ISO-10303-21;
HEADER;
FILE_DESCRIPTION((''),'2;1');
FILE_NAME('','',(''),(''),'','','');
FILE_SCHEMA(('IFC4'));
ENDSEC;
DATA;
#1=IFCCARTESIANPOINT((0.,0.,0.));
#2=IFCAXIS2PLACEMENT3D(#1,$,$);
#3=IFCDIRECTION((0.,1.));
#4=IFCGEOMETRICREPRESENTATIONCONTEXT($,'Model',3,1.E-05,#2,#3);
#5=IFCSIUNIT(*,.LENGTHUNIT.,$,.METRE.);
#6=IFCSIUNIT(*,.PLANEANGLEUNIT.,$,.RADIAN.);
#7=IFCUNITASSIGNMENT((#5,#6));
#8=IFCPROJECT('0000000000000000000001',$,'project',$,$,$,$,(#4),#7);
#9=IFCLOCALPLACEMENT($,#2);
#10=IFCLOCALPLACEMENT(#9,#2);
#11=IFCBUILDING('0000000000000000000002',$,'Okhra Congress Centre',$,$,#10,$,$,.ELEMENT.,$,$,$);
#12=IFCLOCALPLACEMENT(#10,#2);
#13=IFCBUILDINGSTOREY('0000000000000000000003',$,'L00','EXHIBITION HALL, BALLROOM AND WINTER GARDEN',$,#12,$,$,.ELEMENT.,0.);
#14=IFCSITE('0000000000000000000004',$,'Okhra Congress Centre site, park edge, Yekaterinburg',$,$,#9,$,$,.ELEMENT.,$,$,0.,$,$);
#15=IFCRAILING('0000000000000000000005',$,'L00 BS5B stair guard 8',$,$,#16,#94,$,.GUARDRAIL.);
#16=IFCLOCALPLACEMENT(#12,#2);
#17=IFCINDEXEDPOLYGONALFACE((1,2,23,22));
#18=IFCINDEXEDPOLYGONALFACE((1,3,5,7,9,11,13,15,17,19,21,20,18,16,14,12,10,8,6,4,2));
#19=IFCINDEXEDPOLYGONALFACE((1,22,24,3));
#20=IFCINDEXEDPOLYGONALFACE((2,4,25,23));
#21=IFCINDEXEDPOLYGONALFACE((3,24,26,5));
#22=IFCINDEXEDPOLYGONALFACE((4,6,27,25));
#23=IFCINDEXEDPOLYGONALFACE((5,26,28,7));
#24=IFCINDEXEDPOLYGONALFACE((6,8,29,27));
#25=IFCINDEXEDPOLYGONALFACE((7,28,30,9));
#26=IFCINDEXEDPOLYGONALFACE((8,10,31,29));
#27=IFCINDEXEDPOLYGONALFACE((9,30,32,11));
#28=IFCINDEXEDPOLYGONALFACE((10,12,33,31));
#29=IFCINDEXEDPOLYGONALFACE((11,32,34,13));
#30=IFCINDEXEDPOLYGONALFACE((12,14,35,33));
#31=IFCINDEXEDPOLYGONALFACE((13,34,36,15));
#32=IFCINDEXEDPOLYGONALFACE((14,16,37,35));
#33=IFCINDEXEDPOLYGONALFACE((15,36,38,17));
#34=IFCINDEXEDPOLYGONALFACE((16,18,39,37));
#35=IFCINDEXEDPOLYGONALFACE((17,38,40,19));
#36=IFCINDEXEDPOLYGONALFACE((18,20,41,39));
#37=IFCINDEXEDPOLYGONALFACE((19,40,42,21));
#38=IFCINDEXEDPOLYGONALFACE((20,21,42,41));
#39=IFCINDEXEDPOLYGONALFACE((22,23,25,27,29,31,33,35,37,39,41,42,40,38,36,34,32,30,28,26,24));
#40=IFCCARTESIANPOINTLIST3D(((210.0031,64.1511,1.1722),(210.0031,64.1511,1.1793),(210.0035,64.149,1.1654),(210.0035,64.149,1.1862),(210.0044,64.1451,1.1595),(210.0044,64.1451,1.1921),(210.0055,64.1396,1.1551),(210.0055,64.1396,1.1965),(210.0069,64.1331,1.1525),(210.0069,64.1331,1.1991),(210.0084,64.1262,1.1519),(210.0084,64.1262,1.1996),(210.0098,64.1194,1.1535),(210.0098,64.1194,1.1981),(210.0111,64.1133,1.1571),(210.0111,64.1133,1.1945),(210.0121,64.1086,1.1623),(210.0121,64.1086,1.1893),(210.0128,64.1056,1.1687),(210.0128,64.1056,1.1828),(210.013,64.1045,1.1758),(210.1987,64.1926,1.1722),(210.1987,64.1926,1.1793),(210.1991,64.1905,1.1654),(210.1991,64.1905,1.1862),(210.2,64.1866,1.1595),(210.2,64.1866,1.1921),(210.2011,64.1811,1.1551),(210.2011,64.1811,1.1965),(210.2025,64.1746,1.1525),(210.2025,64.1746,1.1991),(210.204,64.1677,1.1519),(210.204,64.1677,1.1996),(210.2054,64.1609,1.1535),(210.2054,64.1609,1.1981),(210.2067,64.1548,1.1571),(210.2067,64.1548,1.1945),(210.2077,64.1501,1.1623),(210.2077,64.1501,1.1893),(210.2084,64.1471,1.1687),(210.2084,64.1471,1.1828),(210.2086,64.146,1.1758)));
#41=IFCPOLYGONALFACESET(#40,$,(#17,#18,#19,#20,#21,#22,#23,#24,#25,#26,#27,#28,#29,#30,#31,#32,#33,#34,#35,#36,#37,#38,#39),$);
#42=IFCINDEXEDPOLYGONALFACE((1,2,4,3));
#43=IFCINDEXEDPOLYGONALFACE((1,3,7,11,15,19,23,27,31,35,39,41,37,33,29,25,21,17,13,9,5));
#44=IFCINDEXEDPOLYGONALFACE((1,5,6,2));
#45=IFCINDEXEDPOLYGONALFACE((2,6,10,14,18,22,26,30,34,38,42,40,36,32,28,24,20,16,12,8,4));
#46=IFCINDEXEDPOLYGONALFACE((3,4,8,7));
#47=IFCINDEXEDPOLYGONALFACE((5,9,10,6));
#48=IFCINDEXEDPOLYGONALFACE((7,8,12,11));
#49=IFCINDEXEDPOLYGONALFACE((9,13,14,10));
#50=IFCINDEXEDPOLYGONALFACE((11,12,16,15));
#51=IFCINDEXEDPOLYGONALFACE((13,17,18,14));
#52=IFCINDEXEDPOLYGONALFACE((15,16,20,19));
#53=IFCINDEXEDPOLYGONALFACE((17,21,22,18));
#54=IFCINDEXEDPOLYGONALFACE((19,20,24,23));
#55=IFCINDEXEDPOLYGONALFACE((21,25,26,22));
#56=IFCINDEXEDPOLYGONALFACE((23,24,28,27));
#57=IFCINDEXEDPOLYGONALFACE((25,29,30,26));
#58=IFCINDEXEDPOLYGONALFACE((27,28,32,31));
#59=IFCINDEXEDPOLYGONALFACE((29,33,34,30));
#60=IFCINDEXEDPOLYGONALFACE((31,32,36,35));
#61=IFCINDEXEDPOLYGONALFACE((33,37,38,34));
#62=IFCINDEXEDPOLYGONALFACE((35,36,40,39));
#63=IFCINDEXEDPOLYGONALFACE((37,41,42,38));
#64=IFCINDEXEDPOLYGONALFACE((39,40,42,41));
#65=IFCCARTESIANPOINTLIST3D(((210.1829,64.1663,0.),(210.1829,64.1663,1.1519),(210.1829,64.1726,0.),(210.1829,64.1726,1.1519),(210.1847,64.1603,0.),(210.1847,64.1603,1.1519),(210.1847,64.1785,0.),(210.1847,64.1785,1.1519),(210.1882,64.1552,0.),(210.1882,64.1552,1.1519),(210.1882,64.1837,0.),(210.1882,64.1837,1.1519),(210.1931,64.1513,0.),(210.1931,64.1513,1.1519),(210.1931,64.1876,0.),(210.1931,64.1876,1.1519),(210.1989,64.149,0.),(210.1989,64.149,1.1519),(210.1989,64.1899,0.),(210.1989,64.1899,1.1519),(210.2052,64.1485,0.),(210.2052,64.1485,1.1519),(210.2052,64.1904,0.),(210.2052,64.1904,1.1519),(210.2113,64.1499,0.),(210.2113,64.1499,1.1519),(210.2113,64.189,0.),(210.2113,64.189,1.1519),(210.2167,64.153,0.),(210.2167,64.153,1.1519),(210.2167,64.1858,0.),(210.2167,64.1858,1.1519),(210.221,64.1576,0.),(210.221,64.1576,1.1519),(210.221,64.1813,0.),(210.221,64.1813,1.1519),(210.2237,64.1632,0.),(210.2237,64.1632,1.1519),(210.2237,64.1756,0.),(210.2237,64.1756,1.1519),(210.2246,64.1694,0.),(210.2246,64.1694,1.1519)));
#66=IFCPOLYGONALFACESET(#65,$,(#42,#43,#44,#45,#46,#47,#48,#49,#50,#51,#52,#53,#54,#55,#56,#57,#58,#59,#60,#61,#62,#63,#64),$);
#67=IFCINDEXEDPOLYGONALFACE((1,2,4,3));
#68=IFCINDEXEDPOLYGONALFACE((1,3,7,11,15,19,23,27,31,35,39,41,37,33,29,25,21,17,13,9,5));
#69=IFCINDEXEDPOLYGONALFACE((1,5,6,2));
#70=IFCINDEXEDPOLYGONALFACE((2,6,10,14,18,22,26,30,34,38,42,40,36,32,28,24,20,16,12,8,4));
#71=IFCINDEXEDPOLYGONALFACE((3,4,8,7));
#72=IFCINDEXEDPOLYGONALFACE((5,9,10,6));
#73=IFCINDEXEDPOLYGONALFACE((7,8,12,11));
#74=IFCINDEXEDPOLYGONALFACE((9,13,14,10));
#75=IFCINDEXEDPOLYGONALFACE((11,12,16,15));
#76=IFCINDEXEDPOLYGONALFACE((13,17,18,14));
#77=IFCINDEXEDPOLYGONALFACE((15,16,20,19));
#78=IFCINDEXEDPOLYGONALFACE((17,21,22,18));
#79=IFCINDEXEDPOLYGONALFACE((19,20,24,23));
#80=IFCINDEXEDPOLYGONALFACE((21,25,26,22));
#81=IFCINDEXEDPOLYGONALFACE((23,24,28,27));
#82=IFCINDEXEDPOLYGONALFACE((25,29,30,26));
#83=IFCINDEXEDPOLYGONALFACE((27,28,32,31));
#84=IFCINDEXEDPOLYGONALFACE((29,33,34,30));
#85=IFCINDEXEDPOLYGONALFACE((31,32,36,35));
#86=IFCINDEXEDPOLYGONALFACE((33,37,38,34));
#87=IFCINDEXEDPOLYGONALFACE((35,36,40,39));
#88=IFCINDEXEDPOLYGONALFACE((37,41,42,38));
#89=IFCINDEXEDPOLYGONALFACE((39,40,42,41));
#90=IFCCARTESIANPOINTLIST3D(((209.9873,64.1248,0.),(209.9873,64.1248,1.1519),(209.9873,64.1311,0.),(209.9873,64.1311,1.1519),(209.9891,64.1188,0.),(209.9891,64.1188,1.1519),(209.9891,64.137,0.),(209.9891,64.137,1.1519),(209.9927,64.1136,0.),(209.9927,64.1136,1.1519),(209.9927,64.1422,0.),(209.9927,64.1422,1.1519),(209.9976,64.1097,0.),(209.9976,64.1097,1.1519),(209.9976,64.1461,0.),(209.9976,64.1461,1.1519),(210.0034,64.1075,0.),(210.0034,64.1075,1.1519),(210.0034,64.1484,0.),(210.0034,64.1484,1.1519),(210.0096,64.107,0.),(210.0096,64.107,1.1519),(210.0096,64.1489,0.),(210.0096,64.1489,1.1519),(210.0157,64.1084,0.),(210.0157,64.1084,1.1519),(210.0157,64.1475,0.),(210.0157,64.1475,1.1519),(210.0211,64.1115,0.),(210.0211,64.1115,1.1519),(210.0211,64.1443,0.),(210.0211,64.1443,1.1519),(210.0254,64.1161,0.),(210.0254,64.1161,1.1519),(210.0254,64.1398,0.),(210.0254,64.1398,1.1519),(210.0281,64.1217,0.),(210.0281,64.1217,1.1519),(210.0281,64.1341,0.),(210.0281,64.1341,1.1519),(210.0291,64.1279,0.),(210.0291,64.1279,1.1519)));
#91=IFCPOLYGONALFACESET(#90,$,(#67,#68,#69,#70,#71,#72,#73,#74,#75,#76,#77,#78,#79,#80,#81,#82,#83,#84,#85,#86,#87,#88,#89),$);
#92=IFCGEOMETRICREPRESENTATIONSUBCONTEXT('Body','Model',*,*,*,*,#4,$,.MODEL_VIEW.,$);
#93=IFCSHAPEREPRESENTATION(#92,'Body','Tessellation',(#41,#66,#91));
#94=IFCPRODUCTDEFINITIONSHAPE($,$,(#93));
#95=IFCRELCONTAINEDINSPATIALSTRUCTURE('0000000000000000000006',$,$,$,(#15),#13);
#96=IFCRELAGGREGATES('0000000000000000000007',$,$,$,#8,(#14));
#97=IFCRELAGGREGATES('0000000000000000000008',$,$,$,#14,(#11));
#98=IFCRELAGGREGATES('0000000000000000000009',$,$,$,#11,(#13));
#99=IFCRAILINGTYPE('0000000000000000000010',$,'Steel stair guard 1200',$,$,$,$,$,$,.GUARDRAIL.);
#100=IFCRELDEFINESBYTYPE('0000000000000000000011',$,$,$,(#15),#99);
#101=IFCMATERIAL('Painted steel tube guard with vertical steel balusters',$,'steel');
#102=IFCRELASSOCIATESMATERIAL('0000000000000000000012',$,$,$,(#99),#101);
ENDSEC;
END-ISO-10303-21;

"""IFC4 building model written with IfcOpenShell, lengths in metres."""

from ifc_helpers import new_model, si_unit, direction, frame, origin, origin_2d, place, context, subcontext, project, spatial, circle, extrude, material, type_object, element, save


model = new_model("IFC4")

# Units and contexts
model_context = context("Model", 3, precision=1e-05, world=origin(), true_north=direction((0.0, 1.0)))
body_context = subcontext(model_context, "Body", "Model", "MODEL_VIEW")
ifc_project = project(units=[si_unit("LENGTHUNIT", "METRE"), si_unit("PLANEANGLEUNIT", "RADIAN")], contexts=[model_context])

# Site, building, storey
site_placement = place(None, origin())
site = spatial("IfcSite", under=ifc_project, at=site_placement, Name="Okhra Congress Centre site, park edge, Yekaterinburg", CompositionType="ELEMENT", RefElevation=0.0)
building_placement = place(site_placement, origin())
building = spatial("IfcBuilding", under=site, at=building_placement, Name="Okhra Congress Centre", CompositionType="ELEMENT")
storey_placement = place(building_placement, origin())
storey = spatial("IfcBuildingStorey", under=building, at=storey_placement, Name="L00", Description="EXHIBITION HALL, BALLROOM AND WINTER GARDEN", CompositionType="ELEMENT", Elevation=0.0)

# Railing
ifc_material_1 = material(Name="Painted steel tube guard with vertical steel balusters", Category="steel")
railing_type_1 = type_object("IfcRailingType", Name="Steel stair guard 1200", PredefinedType="GUARDRAIL", material=ifc_material_1)
railing_1_placement = place(storey_placement, frame((210.2036, 64.1694, 0.0)))
element("IfcRailing", 1, at=railing_1_placement, inside=storey, type_object=railing_type_1, Name="L00 BS5B stair guard 8", PredefinedType="GUARDRAIL", context=body_context, shape_type="SweptSolid", body=[
    extrude(circle(Radius=0.0239, at=origin_2d()), frame((0.0, 0.0, 1.1758), z_axis=(-0.978212, -0.20761, 0.0), x_axis=(0.20761, -0.978212, 0.0)), (0.0, 0.0, 1.0), 0.2),
    extrude(circle(Radius=0.021, at=origin_2d()), origin(), (0.0, 0.0, 1.0), 1.1519),
    extrude(circle(Radius=0.021, at=origin_2d()), frame((-0.1956, -0.0415, 0.0)), (0.0, 0.0, 1.0), 1.1519),
])

save(model, "model.ifc")
